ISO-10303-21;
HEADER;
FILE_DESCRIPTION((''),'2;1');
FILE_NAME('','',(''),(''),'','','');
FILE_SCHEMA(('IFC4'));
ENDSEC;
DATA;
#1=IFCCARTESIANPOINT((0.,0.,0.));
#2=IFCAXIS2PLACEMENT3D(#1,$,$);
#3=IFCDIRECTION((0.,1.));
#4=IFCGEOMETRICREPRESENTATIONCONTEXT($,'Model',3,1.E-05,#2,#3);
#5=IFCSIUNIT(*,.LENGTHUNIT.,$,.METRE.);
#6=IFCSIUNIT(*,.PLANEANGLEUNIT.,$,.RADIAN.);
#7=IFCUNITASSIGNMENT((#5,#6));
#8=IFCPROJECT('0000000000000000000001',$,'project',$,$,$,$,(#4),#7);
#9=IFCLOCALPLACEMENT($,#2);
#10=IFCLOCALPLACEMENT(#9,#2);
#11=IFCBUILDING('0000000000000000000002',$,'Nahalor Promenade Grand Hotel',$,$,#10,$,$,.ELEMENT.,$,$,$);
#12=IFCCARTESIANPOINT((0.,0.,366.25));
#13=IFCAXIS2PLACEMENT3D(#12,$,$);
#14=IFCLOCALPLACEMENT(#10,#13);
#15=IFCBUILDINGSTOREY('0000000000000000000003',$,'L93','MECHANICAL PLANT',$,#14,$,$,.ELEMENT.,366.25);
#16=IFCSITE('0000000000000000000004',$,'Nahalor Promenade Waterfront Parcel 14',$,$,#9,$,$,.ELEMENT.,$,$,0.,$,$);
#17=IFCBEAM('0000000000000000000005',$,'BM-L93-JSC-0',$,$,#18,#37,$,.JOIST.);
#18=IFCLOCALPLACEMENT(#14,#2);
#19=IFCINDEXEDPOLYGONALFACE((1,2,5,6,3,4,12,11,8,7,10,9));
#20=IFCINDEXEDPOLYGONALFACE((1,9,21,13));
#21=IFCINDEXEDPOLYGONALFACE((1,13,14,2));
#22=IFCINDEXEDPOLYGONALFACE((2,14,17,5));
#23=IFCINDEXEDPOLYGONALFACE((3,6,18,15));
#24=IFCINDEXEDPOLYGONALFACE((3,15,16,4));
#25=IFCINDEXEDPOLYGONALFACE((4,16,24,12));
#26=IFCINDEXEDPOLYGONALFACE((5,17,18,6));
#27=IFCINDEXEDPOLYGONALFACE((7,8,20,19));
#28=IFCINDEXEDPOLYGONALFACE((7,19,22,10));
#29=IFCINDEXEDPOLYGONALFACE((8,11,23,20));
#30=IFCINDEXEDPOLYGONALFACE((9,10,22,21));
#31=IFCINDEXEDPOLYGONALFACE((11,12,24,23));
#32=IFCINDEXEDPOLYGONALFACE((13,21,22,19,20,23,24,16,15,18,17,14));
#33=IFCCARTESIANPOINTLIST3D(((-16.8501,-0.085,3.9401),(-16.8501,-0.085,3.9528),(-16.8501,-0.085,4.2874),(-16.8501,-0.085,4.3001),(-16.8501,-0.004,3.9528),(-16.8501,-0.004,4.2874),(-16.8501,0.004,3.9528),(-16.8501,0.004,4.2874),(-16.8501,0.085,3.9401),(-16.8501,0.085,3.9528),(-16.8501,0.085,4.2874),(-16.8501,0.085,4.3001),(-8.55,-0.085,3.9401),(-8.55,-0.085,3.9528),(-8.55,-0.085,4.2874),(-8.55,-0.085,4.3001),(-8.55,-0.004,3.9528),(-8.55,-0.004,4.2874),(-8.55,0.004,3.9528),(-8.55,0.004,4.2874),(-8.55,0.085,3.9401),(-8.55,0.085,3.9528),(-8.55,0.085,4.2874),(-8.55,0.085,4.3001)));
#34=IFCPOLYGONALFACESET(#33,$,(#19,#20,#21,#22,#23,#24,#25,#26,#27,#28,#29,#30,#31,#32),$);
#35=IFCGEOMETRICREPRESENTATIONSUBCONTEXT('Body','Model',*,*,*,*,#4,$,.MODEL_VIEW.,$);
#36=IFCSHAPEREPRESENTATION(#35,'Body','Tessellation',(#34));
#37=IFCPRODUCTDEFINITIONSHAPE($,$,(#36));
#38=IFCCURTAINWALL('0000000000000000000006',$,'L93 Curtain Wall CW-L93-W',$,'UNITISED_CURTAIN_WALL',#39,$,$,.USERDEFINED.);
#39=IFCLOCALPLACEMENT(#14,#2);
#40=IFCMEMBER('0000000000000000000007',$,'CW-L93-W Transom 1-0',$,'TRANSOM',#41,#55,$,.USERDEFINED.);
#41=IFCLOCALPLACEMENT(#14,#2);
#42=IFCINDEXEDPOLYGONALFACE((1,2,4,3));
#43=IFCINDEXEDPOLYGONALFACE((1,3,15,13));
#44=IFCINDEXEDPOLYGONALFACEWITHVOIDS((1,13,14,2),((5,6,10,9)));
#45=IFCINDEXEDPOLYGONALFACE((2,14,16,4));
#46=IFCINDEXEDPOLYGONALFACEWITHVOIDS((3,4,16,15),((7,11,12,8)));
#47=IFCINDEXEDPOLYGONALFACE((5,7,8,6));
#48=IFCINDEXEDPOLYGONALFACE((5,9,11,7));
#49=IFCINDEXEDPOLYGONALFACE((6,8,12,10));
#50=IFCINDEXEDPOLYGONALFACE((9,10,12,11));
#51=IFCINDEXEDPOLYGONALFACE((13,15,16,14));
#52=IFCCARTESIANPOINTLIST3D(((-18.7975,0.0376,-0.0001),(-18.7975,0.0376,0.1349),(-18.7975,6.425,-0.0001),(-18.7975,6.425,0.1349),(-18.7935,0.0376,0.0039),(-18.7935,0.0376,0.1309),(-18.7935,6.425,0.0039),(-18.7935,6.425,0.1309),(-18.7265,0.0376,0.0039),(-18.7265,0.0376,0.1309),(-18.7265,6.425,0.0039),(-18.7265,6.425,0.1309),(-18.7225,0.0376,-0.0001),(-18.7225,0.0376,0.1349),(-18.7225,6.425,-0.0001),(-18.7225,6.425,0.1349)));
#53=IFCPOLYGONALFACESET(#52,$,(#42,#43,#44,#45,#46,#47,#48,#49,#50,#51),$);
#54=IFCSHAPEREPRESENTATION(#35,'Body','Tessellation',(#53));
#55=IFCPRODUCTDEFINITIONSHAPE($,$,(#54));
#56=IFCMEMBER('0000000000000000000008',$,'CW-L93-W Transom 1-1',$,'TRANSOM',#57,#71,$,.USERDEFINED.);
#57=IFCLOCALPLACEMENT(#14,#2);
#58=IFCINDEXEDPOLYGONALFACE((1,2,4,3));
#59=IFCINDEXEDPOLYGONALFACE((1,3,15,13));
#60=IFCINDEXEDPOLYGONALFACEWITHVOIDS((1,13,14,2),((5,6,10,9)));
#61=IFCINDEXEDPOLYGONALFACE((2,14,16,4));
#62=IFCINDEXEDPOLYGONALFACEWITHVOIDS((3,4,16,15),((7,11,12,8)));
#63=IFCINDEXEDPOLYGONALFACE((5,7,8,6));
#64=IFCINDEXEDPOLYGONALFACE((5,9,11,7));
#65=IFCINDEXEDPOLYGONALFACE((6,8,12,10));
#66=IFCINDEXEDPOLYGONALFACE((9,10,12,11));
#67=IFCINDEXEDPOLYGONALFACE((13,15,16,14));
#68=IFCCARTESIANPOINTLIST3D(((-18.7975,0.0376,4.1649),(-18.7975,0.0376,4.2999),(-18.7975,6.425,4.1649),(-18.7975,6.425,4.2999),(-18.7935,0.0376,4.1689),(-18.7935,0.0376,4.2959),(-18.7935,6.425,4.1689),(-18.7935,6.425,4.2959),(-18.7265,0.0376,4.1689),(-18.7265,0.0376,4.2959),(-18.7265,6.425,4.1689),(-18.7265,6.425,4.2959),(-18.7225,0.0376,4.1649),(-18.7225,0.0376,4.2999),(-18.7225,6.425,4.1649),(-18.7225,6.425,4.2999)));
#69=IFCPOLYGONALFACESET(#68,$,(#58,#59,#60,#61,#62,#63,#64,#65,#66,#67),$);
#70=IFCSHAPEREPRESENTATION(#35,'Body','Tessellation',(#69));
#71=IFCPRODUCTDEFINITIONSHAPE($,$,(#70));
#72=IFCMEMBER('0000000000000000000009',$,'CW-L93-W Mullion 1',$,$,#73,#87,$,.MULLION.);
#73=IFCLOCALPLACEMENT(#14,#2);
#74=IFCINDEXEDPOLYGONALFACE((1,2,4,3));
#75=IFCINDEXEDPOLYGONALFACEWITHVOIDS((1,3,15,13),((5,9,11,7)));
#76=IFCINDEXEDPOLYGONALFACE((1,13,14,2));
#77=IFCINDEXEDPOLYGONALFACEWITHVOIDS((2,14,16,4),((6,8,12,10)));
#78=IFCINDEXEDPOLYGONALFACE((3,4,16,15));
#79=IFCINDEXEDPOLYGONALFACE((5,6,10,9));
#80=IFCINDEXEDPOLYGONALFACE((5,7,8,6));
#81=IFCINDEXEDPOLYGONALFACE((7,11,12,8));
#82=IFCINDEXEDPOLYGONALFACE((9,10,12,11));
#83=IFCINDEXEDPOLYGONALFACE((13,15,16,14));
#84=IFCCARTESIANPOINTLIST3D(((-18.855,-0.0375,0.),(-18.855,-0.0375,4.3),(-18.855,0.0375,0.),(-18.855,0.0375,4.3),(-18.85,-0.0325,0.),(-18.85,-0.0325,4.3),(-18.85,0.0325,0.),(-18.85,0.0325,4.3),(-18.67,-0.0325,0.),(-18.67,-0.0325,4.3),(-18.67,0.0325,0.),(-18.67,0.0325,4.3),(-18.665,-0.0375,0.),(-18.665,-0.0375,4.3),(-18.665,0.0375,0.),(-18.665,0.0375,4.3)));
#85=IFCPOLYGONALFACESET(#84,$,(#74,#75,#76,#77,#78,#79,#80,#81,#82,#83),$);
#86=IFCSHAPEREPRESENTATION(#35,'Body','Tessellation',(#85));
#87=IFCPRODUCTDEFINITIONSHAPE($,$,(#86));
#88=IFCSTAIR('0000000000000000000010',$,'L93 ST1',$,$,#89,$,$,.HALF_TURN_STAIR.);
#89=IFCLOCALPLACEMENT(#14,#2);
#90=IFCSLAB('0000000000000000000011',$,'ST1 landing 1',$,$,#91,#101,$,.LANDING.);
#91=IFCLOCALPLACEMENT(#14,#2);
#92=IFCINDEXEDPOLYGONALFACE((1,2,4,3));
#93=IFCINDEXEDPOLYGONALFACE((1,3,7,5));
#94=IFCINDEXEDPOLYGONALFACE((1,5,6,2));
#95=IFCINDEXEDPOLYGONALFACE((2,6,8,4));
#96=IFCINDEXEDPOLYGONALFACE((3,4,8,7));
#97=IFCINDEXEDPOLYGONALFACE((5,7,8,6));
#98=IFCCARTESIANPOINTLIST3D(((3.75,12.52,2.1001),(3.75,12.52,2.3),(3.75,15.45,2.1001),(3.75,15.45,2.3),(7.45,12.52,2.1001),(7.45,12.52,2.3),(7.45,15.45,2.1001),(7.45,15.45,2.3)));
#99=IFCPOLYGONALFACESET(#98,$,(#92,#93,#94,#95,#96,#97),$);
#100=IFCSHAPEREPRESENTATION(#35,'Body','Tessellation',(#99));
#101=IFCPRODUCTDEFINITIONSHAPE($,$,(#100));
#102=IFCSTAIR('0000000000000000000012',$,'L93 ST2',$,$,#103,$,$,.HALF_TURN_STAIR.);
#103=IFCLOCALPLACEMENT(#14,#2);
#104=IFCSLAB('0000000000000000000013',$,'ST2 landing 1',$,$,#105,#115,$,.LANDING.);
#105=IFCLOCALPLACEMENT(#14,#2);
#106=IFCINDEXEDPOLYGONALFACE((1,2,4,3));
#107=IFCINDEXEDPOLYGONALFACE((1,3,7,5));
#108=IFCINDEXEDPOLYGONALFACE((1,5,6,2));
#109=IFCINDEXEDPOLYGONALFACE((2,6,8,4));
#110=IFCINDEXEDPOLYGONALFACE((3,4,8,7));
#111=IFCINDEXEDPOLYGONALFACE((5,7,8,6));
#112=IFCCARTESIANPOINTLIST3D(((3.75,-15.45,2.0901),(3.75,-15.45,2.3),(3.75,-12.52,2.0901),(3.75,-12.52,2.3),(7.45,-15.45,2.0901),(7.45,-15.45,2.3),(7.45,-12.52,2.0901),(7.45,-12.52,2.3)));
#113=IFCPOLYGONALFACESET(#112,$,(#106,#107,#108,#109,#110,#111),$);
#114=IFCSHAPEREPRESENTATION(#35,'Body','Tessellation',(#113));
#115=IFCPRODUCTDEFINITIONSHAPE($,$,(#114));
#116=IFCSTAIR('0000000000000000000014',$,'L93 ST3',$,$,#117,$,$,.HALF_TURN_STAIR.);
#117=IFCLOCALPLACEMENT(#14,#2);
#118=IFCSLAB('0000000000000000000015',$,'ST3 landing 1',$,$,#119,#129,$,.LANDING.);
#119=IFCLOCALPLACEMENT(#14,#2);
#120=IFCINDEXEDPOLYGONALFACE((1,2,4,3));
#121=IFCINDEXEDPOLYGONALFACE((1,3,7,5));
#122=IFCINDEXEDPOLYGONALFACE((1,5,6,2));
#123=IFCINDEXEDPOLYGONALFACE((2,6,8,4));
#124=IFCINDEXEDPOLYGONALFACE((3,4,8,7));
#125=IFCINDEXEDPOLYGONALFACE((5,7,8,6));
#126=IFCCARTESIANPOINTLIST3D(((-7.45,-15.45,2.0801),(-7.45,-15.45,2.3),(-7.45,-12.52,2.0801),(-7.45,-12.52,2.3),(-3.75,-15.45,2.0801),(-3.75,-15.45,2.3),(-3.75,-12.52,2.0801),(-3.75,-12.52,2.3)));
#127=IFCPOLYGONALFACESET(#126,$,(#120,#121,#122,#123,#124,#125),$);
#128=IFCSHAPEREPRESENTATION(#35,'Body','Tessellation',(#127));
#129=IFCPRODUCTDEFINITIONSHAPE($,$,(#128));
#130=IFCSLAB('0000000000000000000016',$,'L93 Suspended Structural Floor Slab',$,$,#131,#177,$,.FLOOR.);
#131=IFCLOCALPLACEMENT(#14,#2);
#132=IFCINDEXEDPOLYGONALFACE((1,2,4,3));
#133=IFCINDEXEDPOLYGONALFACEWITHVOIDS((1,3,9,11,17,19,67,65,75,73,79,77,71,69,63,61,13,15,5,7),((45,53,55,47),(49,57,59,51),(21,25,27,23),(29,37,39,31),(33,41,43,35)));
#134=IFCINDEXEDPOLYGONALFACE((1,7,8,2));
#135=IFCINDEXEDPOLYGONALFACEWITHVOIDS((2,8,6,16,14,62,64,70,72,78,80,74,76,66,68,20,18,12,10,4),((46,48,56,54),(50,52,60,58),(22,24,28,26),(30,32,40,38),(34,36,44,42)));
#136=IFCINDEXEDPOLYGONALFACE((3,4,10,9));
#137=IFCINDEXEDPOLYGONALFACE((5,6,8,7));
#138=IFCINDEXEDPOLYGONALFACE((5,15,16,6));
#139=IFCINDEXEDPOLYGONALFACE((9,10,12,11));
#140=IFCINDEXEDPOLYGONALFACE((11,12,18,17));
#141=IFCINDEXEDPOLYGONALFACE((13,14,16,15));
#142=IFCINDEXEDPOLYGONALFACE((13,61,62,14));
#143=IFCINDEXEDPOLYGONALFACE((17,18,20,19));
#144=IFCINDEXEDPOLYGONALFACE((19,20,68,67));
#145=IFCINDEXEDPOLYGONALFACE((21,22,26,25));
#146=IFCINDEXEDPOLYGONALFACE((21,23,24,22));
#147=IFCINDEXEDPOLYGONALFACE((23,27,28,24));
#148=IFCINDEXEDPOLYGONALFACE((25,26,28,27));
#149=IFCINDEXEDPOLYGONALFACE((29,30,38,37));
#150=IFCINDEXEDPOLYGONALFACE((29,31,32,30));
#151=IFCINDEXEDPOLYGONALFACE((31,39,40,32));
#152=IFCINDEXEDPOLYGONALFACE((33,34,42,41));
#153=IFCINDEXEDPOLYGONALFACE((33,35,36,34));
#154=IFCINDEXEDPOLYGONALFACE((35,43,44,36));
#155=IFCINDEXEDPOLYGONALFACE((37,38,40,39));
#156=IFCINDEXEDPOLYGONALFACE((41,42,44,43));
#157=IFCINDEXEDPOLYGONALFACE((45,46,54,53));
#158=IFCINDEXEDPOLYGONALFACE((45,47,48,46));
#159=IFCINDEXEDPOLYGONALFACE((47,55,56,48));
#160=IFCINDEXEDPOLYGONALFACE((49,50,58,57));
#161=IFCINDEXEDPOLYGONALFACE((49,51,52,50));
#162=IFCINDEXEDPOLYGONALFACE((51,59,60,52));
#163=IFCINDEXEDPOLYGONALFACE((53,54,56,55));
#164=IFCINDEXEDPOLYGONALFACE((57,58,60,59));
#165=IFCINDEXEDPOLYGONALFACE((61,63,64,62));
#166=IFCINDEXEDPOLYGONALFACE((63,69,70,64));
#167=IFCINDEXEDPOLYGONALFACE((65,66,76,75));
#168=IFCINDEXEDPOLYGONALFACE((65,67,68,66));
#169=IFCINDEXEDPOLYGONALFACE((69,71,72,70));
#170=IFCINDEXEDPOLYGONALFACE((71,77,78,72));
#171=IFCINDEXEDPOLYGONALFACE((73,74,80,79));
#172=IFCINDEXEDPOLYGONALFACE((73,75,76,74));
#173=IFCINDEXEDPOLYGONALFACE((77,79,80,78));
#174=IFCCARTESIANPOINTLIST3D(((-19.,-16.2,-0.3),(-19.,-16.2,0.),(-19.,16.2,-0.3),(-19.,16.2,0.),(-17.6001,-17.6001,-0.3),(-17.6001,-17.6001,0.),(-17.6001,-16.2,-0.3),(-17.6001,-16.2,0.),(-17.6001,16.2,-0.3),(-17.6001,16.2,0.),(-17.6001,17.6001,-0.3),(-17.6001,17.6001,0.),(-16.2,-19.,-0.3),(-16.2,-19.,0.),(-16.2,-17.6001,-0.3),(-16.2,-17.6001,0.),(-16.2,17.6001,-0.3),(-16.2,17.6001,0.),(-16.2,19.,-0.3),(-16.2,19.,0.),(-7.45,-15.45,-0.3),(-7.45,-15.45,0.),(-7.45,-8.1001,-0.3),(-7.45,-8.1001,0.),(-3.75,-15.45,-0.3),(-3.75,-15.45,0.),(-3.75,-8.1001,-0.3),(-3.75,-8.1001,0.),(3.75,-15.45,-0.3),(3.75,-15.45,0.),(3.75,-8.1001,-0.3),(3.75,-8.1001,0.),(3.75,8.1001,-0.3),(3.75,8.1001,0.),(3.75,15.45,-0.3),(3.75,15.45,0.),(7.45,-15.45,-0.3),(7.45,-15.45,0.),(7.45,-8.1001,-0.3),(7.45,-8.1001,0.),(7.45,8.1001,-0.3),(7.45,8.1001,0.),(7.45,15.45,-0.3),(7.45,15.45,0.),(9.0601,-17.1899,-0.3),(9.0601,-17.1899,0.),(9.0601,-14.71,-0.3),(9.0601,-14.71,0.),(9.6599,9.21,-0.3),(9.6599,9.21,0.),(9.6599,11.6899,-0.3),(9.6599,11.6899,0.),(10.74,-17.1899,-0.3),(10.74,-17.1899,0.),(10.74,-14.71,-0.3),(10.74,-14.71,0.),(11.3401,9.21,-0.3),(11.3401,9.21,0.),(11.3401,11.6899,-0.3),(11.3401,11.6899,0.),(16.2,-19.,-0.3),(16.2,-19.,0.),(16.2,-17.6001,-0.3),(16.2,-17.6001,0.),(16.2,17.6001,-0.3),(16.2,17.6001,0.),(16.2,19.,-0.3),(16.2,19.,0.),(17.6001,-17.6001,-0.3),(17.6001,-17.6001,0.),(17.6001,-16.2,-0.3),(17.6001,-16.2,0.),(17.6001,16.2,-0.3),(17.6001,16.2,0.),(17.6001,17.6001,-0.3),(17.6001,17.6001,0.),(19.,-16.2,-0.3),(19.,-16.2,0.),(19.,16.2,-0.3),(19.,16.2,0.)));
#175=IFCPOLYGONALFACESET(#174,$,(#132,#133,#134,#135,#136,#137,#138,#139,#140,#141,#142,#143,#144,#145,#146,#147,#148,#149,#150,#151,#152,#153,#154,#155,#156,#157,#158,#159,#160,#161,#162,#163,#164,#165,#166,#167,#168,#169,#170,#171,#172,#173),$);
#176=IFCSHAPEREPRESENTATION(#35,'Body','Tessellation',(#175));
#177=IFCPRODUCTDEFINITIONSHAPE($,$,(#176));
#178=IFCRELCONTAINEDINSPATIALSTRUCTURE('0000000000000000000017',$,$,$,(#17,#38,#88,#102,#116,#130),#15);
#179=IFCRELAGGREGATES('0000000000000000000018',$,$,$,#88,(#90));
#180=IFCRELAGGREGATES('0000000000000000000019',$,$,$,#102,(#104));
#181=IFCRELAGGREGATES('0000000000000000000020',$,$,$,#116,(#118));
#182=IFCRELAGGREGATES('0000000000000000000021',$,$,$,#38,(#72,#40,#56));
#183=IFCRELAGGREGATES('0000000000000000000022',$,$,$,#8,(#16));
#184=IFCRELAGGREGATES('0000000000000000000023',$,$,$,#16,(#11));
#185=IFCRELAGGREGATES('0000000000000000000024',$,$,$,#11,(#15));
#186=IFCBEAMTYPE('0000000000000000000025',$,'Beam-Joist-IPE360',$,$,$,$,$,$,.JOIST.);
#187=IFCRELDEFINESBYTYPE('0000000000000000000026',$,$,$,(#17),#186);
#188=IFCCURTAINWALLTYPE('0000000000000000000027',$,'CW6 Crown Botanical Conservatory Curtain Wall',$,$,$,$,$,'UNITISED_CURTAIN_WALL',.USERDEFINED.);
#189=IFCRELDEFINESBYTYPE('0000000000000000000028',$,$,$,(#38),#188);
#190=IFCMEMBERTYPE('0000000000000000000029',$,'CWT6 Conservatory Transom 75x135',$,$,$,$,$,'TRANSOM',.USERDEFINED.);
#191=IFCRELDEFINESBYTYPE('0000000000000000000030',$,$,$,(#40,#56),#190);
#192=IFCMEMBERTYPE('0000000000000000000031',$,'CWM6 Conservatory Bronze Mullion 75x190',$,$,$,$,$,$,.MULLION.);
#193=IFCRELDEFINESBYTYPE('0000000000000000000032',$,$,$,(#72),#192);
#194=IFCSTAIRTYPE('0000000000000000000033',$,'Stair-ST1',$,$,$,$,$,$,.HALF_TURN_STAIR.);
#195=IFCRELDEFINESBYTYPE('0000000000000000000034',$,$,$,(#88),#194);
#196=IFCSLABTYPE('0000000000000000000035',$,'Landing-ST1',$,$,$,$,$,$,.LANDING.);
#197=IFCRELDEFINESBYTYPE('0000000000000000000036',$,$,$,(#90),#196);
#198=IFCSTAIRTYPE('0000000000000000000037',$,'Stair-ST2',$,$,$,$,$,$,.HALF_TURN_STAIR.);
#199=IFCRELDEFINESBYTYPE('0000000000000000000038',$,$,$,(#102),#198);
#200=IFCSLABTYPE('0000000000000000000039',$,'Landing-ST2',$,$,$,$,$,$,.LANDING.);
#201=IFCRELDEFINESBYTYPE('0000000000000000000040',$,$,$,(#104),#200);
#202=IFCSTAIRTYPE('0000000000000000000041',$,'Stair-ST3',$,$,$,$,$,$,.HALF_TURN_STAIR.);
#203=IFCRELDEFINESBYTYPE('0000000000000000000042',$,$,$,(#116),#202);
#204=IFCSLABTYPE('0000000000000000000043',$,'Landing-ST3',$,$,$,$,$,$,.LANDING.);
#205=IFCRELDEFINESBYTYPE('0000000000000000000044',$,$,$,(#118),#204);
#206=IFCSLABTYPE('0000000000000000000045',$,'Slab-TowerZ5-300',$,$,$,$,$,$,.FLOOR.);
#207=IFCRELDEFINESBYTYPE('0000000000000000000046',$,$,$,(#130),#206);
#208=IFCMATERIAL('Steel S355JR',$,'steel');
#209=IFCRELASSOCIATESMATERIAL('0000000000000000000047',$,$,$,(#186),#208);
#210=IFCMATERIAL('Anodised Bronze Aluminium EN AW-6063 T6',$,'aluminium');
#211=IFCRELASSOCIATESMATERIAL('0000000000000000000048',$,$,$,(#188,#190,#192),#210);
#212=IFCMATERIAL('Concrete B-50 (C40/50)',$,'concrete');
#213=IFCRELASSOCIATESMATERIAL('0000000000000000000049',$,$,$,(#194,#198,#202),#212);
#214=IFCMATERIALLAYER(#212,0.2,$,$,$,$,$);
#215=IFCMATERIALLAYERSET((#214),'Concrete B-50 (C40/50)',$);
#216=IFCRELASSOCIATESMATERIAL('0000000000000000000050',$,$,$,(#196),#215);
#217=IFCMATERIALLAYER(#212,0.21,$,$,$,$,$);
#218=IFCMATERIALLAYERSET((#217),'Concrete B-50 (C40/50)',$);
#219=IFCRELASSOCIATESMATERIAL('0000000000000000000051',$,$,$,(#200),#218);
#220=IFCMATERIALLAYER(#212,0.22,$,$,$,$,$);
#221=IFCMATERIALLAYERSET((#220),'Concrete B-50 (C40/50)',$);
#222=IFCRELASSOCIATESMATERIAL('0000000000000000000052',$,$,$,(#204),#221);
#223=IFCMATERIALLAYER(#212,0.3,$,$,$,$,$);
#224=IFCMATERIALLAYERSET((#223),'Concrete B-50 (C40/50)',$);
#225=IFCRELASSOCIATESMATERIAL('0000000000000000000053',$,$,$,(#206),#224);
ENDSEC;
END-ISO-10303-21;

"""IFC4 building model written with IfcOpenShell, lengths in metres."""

from ifc_helpers import new_model, si_unit, direction, frame, origin, origin_2d, place, context, subcontext, project, spatial, polyline, hollow_rectangle, i_section, outline, extrude, source, transform, mapped, material, layer, layer_set, material_profile, profile_set, type_object, element, aggregate, save


model = new_model("IFC4")

# Units and contexts
model_context = context("Model", 3, precision=1e-05, world=origin(), true_north=direction((0.0, 1.0)))
body_context = subcontext(model_context, "Body", "Model", "MODEL_VIEW")
ifc_project = project(units=[si_unit("LENGTHUNIT", "METRE"), si_unit("PLANEANGLEUNIT", "RADIAN")], contexts=[model_context])

# Site, building, storey
site_placement = place(None, origin())
site = spatial("IfcSite", under=ifc_project, at=site_placement, Name="Nahalor Promenade Waterfront Parcel 14", CompositionType="ELEMENT", RefElevation=0.0)
building_placement = place(site_placement, origin())
building = spatial("IfcBuilding", under=site, at=building_placement, Name="Nahalor Promenade Grand Hotel", CompositionType="ELEMENT")
storey_placement = place(building_placement, frame((0.0, 0.0, 366.25)))
storey = spatial("IfcBuildingStorey", under=building, at=storey_placement, Name="L93", Description="MECHANICAL PLANT", CompositionType="ELEMENT", Elevation=366.25)

# Shared definitions
ifc_material_1 = material(Name="Concrete B-50 (C40/50)", Category="concrete")

# Beam
ifc_material_2 = material(Name="Steel S355JR", Category="steel")
ifc_material_profile_1 = material_profile(ifc_material_2, i_section(OverallWidth=0.17, OverallDepth=0.36, WebThickness=0.008, FlangeThickness=0.0127, at=origin_2d()), Name="IPE 360")
ifc_profile_set_1 = profile_set([ifc_material_profile_1], Name="Steel S355JR")
beam_type_1 = type_object("IfcBeamType", Name="Beam-Joist-IPE360", PredefinedType="JOIST", material=ifc_profile_set_1)
shared_shape_1 = source(origin(), body_context, "Body", "SweptSolid", [
    extrude(i_section(OverallWidth=0.17, OverallDepth=0.36, WebThickness=0.008, FlangeThickness=0.0127, at=origin_2d()), origin(), (0.0, 0.0, 1.0), 8.3),
])
beam_1_placement = place(storey_placement, frame((-16.8501, 0.0, 4.1201), z_axis=(1.0, 0.0, 0.0), x_axis=(0.0, 1.0, 0.0)))
element("IfcBeam", 1, at=beam_1_placement, inside=storey, type_object=beam_type_1, Name="BM-L93-JSC-0", PredefinedType="JOIST", context=body_context, shape_type="MappedRepresentation", body=[
    mapped(shared_shape_1, transform((0.0, 0.0, 0.0), scale=1.0)),
])

# Curtain wall, members
ifc_material_3 = material(Name="Anodised Bronze Aluminium EN AW-6063 T6", Category="aluminium")
curtain_wall_type = type_object("IfcCurtainWallType", Name="CW6 Crown Botanical Conservatory Curtain Wall", ElementType="UNITISED_CURTAIN_WALL", PredefinedType="USERDEFINED", material=ifc_material_3)
curtain_wall_placement = place(storey_placement, origin())
curtain_wall = element("IfcCurtainWall", 2, at=curtain_wall_placement, inside=storey, type_object=curtain_wall_type, Name="L93 Curtain Wall CW-L93-W", ObjectType="UNITISED_CURTAIN_WALL", PredefinedType="USERDEFINED")
ifc_material_profile_2 = material_profile(ifc_material_3, hollow_rectangle(XDim=0.075, YDim=0.135, WallThickness=0.004, at=origin_2d()), Name="CWT 75x135x4")
ifc_profile_set_2 = profile_set([ifc_material_profile_2], Name="Anodised Bronze Aluminium EN AW-6063 T6")
member_type_1 = type_object("IfcMemberType", Name="CWT6 Conservatory Transom 75x135", ElementType="TRANSOM", PredefinedType="USERDEFINED", material=ifc_profile_set_2)
shared_shape_2 = source(origin(), body_context, "Body", "SweptSolid", [
    extrude(hollow_rectangle(XDim=0.075, YDim=0.135, WallThickness=0.004, at=origin_2d()), origin(), (0.0, 0.0, 1.0), 6.3875),
])
member_1_placement = place(storey_placement, frame((-18.76, 0.0376, 0.0674), z_axis=(0.0, 1.0, 0.0), x_axis=(-1.0, 0.0, 0.0)))
member_1 = element("IfcMember", 3, at=member_1_placement, type_object=member_type_1, Name="CW-L93-W Transom 1-0", ObjectType="TRANSOM", PredefinedType="USERDEFINED", context=body_context, shape_type="MappedRepresentation", body=[
    mapped(shared_shape_2, transform((0.0, 0.0, 0.0), scale=1.0)),
])
member_2_placement = place(storey_placement, frame((-18.76, 0.0376, 4.2324), z_axis=(0.0, 1.0, 0.0), x_axis=(-1.0, 0.0, 0.0)))
member_2 = element("IfcMember", 4, at=member_2_placement, type_object=member_type_1, Name="CW-L93-W Transom 1-1", ObjectType="TRANSOM", PredefinedType="USERDEFINED", context=body_context, shape_type="MappedRepresentation", body=[
    mapped(shared_shape_2, transform((0.0, 0.0, 0.0), scale=1.0)),
])
ifc_material_profile_3 = material_profile(ifc_material_3, hollow_rectangle(XDim=0.075, YDim=0.19, WallThickness=0.005, at=origin_2d()), Name="CWM 75x190x5")
ifc_profile_set_3 = profile_set([ifc_material_profile_3], Name="Anodised Bronze Aluminium EN AW-6063 T6")
member_type_2 = type_object("IfcMemberType", Name="CWM6 Conservatory Bronze Mullion 75x190", PredefinedType="MULLION", material=ifc_profile_set_3)
shared_shape_3 = source(origin(), body_context, "Body", "SweptSolid", [
    extrude(hollow_rectangle(XDim=0.075, YDim=0.19, WallThickness=0.005, at=origin_2d()), origin(), (0.0, 0.0, 1.0), 4.3),
])
member_3_placement = place(storey_placement, frame((-18.76, 0.0, 0.0), z_axis=(0.0, 0.0, 1.0), x_axis=(0.0, 1.0, 0.0)))
member_3 = element("IfcMember", 5, at=member_3_placement, type_object=member_type_2, Name="CW-L93-W Mullion 1", PredefinedType="MULLION", context=body_context, shape_type="MappedRepresentation", body=[
    mapped(shared_shape_3, transform((0.0, 0.0, 0.0), scale=1.0)),
])

# Stairs, slabs
stair_type_1 = type_object("IfcStairType", Name="Stair-ST1", PredefinedType="HALF_TURN_STAIR", material=ifc_material_1)
stair_1_placement = place(storey_placement, origin())
stair_1 = element("IfcStair", 6, at=stair_1_placement, inside=storey, type_object=stair_type_1, Name="L93 ST1", PredefinedType="HALF_TURN_STAIR")
ifc_layer_1 = layer(ifc_material_1, 0.2)
ifc_layer_set_1 = layer_set([ifc_layer_1], Name="Concrete B-50 (C40/50)")
slab_type_1 = type_object("IfcSlabType", Name="Landing-ST1", PredefinedType="LANDING", material=ifc_layer_set_1)
slab_1_placement = place(storey_placement, frame((0.0, 0.0, 2.1001)))
slab_1 = element("IfcSlab", 7, at=slab_1_placement, type_object=slab_type_1, Name="ST1 landing 1", PredefinedType="LANDING", context=body_context, shape_type="SweptSolid", body=[
    extrude(outline(polyline([(7.45, 12.52), (7.45, 15.45), (3.75, 15.45), (3.75, 12.52), (7.45, 12.52)])), origin(), (0.0, 0.0, 1.0), 0.2),
])
aggregate(stair_1, [slab_1])
stair_type_2 = type_object("IfcStairType", Name="Stair-ST2", PredefinedType="HALF_TURN_STAIR", material=ifc_material_1)
stair_2_placement = place(storey_placement, origin())
stair_2 = element("IfcStair", 8, at=stair_2_placement, inside=storey, type_object=stair_type_2, Name="L93 ST2", PredefinedType="HALF_TURN_STAIR")
ifc_layer_2 = layer(ifc_material_1, 0.21)
ifc_layer_set_2 = layer_set([ifc_layer_2], Name="Concrete B-50 (C40/50)")
slab_type_2 = type_object("IfcSlabType", Name="Landing-ST2", PredefinedType="LANDING", material=ifc_layer_set_2)
slab_2_placement = place(storey_placement, frame((0.0, 0.0, 2.0901)))
slab_2 = element("IfcSlab", 9, at=slab_2_placement, type_object=slab_type_2, Name="ST2 landing 1", PredefinedType="LANDING", context=body_context, shape_type="SweptSolid", body=[
    extrude(outline(polyline([(3.75, -12.52), (3.75, -15.45), (7.45, -15.45), (7.45, -12.52), (3.75, -12.52)])), origin(), (0.0, 0.0, 1.0), 0.21),
])
aggregate(stair_2, [slab_2])
stair_type_3 = type_object("IfcStairType", Name="Stair-ST3", PredefinedType="HALF_TURN_STAIR", material=ifc_material_1)
stair_3_placement = place(storey_placement, origin())
stair_3 = element("IfcStair", 10, at=stair_3_placement, inside=storey, type_object=stair_type_3, Name="L93 ST3", PredefinedType="HALF_TURN_STAIR")
ifc_layer_3 = layer(ifc_material_1, 0.22)
ifc_layer_set_3 = layer_set([ifc_layer_3], Name="Concrete B-50 (C40/50)")
slab_type_3 = type_object("IfcSlabType", Name="Landing-ST3", PredefinedType="LANDING", material=ifc_layer_set_3)
slab_3_placement = place(storey_placement, frame((0.0, 0.0, 2.0801)))
slab_3 = element("IfcSlab", 11, at=slab_3_placement, type_object=slab_type_3, Name="ST3 landing 1", PredefinedType="LANDING", context=body_context, shape_type="SweptSolid", body=[
    extrude(outline(polyline([(-7.45, -12.52), (-7.45, -15.45), (-3.75, -15.45), (-3.75, -12.52), (-7.45, -12.52)])), origin(), (0.0, 0.0, 1.0), 0.22),
])
aggregate(stair_3, [slab_3])

# Slab
ifc_layer_4 = layer(ifc_material_1, 0.3)
ifc_layer_set_4 = layer_set([ifc_layer_4], Name="Concrete B-50 (C40/50)")
slab_type_4 = type_object("IfcSlabType", Name="Slab-TowerZ5-300", PredefinedType="FLOOR", material=ifc_layer_set_4)
slab_4_placement = place(storey_placement, frame((0.0, 0.0, -0.3)))
element("IfcSlab", 12, at=slab_4_placement, inside=storey, type_object=slab_type_4, Name="L93 Suspended Structural Floor Slab", PredefinedType="FLOOR", context=body_context, shape_type="SweptSolid", body=[
    extrude(outline(polyline([(-16.2, -19.0), (16.2, -19.0), (16.2, -17.6001), (17.6001, -17.6001), (17.6001, -16.2), (19.0, -16.2), (19.0, 16.2), (17.6001, 16.2), (17.6001, 17.6001), (16.2, 17.6001), (16.2, 19.0), (-16.2, 19.0), (-16.2, 17.6001), (-17.6001, 17.6001), (-17.6001, 16.2), (-19.0, 16.2), (-19.0, -16.2), (-17.6001, -16.2), (-17.6001, -17.6001), (-16.2, -17.6001), (-16.2, -19.0)]), holes=[polyline([(3.75, 8.1001), (7.45, 8.1001), (7.45, 15.45), (3.75, 15.45), (3.75, 8.1001)]), polyline([(3.75, -15.45), (7.45, -15.45), (7.45, -8.1001), (3.75, -8.1001), (3.75, -15.45)]), polyline([(-7.45, -15.45), (-3.75, -15.45), (-3.75, -8.1001), (-7.45, -8.1001), (-7.45, -15.45)]), polyline([(9.6599, 9.21), (11.3401, 9.21), (11.3401, 11.6899), (9.6599, 11.6899), (9.6599, 9.21)]), polyline([(9.0601, -17.1899), (10.74, -17.1899), (10.74, -14.71), (9.0601, -14.71), (9.0601, -17.1899)])]), origin(), (0.0, 0.0, 1.0), 0.3),
])

aggregate(curtain_wall, [member_3, member_1, member_2])

save(model, "model.ifc")
